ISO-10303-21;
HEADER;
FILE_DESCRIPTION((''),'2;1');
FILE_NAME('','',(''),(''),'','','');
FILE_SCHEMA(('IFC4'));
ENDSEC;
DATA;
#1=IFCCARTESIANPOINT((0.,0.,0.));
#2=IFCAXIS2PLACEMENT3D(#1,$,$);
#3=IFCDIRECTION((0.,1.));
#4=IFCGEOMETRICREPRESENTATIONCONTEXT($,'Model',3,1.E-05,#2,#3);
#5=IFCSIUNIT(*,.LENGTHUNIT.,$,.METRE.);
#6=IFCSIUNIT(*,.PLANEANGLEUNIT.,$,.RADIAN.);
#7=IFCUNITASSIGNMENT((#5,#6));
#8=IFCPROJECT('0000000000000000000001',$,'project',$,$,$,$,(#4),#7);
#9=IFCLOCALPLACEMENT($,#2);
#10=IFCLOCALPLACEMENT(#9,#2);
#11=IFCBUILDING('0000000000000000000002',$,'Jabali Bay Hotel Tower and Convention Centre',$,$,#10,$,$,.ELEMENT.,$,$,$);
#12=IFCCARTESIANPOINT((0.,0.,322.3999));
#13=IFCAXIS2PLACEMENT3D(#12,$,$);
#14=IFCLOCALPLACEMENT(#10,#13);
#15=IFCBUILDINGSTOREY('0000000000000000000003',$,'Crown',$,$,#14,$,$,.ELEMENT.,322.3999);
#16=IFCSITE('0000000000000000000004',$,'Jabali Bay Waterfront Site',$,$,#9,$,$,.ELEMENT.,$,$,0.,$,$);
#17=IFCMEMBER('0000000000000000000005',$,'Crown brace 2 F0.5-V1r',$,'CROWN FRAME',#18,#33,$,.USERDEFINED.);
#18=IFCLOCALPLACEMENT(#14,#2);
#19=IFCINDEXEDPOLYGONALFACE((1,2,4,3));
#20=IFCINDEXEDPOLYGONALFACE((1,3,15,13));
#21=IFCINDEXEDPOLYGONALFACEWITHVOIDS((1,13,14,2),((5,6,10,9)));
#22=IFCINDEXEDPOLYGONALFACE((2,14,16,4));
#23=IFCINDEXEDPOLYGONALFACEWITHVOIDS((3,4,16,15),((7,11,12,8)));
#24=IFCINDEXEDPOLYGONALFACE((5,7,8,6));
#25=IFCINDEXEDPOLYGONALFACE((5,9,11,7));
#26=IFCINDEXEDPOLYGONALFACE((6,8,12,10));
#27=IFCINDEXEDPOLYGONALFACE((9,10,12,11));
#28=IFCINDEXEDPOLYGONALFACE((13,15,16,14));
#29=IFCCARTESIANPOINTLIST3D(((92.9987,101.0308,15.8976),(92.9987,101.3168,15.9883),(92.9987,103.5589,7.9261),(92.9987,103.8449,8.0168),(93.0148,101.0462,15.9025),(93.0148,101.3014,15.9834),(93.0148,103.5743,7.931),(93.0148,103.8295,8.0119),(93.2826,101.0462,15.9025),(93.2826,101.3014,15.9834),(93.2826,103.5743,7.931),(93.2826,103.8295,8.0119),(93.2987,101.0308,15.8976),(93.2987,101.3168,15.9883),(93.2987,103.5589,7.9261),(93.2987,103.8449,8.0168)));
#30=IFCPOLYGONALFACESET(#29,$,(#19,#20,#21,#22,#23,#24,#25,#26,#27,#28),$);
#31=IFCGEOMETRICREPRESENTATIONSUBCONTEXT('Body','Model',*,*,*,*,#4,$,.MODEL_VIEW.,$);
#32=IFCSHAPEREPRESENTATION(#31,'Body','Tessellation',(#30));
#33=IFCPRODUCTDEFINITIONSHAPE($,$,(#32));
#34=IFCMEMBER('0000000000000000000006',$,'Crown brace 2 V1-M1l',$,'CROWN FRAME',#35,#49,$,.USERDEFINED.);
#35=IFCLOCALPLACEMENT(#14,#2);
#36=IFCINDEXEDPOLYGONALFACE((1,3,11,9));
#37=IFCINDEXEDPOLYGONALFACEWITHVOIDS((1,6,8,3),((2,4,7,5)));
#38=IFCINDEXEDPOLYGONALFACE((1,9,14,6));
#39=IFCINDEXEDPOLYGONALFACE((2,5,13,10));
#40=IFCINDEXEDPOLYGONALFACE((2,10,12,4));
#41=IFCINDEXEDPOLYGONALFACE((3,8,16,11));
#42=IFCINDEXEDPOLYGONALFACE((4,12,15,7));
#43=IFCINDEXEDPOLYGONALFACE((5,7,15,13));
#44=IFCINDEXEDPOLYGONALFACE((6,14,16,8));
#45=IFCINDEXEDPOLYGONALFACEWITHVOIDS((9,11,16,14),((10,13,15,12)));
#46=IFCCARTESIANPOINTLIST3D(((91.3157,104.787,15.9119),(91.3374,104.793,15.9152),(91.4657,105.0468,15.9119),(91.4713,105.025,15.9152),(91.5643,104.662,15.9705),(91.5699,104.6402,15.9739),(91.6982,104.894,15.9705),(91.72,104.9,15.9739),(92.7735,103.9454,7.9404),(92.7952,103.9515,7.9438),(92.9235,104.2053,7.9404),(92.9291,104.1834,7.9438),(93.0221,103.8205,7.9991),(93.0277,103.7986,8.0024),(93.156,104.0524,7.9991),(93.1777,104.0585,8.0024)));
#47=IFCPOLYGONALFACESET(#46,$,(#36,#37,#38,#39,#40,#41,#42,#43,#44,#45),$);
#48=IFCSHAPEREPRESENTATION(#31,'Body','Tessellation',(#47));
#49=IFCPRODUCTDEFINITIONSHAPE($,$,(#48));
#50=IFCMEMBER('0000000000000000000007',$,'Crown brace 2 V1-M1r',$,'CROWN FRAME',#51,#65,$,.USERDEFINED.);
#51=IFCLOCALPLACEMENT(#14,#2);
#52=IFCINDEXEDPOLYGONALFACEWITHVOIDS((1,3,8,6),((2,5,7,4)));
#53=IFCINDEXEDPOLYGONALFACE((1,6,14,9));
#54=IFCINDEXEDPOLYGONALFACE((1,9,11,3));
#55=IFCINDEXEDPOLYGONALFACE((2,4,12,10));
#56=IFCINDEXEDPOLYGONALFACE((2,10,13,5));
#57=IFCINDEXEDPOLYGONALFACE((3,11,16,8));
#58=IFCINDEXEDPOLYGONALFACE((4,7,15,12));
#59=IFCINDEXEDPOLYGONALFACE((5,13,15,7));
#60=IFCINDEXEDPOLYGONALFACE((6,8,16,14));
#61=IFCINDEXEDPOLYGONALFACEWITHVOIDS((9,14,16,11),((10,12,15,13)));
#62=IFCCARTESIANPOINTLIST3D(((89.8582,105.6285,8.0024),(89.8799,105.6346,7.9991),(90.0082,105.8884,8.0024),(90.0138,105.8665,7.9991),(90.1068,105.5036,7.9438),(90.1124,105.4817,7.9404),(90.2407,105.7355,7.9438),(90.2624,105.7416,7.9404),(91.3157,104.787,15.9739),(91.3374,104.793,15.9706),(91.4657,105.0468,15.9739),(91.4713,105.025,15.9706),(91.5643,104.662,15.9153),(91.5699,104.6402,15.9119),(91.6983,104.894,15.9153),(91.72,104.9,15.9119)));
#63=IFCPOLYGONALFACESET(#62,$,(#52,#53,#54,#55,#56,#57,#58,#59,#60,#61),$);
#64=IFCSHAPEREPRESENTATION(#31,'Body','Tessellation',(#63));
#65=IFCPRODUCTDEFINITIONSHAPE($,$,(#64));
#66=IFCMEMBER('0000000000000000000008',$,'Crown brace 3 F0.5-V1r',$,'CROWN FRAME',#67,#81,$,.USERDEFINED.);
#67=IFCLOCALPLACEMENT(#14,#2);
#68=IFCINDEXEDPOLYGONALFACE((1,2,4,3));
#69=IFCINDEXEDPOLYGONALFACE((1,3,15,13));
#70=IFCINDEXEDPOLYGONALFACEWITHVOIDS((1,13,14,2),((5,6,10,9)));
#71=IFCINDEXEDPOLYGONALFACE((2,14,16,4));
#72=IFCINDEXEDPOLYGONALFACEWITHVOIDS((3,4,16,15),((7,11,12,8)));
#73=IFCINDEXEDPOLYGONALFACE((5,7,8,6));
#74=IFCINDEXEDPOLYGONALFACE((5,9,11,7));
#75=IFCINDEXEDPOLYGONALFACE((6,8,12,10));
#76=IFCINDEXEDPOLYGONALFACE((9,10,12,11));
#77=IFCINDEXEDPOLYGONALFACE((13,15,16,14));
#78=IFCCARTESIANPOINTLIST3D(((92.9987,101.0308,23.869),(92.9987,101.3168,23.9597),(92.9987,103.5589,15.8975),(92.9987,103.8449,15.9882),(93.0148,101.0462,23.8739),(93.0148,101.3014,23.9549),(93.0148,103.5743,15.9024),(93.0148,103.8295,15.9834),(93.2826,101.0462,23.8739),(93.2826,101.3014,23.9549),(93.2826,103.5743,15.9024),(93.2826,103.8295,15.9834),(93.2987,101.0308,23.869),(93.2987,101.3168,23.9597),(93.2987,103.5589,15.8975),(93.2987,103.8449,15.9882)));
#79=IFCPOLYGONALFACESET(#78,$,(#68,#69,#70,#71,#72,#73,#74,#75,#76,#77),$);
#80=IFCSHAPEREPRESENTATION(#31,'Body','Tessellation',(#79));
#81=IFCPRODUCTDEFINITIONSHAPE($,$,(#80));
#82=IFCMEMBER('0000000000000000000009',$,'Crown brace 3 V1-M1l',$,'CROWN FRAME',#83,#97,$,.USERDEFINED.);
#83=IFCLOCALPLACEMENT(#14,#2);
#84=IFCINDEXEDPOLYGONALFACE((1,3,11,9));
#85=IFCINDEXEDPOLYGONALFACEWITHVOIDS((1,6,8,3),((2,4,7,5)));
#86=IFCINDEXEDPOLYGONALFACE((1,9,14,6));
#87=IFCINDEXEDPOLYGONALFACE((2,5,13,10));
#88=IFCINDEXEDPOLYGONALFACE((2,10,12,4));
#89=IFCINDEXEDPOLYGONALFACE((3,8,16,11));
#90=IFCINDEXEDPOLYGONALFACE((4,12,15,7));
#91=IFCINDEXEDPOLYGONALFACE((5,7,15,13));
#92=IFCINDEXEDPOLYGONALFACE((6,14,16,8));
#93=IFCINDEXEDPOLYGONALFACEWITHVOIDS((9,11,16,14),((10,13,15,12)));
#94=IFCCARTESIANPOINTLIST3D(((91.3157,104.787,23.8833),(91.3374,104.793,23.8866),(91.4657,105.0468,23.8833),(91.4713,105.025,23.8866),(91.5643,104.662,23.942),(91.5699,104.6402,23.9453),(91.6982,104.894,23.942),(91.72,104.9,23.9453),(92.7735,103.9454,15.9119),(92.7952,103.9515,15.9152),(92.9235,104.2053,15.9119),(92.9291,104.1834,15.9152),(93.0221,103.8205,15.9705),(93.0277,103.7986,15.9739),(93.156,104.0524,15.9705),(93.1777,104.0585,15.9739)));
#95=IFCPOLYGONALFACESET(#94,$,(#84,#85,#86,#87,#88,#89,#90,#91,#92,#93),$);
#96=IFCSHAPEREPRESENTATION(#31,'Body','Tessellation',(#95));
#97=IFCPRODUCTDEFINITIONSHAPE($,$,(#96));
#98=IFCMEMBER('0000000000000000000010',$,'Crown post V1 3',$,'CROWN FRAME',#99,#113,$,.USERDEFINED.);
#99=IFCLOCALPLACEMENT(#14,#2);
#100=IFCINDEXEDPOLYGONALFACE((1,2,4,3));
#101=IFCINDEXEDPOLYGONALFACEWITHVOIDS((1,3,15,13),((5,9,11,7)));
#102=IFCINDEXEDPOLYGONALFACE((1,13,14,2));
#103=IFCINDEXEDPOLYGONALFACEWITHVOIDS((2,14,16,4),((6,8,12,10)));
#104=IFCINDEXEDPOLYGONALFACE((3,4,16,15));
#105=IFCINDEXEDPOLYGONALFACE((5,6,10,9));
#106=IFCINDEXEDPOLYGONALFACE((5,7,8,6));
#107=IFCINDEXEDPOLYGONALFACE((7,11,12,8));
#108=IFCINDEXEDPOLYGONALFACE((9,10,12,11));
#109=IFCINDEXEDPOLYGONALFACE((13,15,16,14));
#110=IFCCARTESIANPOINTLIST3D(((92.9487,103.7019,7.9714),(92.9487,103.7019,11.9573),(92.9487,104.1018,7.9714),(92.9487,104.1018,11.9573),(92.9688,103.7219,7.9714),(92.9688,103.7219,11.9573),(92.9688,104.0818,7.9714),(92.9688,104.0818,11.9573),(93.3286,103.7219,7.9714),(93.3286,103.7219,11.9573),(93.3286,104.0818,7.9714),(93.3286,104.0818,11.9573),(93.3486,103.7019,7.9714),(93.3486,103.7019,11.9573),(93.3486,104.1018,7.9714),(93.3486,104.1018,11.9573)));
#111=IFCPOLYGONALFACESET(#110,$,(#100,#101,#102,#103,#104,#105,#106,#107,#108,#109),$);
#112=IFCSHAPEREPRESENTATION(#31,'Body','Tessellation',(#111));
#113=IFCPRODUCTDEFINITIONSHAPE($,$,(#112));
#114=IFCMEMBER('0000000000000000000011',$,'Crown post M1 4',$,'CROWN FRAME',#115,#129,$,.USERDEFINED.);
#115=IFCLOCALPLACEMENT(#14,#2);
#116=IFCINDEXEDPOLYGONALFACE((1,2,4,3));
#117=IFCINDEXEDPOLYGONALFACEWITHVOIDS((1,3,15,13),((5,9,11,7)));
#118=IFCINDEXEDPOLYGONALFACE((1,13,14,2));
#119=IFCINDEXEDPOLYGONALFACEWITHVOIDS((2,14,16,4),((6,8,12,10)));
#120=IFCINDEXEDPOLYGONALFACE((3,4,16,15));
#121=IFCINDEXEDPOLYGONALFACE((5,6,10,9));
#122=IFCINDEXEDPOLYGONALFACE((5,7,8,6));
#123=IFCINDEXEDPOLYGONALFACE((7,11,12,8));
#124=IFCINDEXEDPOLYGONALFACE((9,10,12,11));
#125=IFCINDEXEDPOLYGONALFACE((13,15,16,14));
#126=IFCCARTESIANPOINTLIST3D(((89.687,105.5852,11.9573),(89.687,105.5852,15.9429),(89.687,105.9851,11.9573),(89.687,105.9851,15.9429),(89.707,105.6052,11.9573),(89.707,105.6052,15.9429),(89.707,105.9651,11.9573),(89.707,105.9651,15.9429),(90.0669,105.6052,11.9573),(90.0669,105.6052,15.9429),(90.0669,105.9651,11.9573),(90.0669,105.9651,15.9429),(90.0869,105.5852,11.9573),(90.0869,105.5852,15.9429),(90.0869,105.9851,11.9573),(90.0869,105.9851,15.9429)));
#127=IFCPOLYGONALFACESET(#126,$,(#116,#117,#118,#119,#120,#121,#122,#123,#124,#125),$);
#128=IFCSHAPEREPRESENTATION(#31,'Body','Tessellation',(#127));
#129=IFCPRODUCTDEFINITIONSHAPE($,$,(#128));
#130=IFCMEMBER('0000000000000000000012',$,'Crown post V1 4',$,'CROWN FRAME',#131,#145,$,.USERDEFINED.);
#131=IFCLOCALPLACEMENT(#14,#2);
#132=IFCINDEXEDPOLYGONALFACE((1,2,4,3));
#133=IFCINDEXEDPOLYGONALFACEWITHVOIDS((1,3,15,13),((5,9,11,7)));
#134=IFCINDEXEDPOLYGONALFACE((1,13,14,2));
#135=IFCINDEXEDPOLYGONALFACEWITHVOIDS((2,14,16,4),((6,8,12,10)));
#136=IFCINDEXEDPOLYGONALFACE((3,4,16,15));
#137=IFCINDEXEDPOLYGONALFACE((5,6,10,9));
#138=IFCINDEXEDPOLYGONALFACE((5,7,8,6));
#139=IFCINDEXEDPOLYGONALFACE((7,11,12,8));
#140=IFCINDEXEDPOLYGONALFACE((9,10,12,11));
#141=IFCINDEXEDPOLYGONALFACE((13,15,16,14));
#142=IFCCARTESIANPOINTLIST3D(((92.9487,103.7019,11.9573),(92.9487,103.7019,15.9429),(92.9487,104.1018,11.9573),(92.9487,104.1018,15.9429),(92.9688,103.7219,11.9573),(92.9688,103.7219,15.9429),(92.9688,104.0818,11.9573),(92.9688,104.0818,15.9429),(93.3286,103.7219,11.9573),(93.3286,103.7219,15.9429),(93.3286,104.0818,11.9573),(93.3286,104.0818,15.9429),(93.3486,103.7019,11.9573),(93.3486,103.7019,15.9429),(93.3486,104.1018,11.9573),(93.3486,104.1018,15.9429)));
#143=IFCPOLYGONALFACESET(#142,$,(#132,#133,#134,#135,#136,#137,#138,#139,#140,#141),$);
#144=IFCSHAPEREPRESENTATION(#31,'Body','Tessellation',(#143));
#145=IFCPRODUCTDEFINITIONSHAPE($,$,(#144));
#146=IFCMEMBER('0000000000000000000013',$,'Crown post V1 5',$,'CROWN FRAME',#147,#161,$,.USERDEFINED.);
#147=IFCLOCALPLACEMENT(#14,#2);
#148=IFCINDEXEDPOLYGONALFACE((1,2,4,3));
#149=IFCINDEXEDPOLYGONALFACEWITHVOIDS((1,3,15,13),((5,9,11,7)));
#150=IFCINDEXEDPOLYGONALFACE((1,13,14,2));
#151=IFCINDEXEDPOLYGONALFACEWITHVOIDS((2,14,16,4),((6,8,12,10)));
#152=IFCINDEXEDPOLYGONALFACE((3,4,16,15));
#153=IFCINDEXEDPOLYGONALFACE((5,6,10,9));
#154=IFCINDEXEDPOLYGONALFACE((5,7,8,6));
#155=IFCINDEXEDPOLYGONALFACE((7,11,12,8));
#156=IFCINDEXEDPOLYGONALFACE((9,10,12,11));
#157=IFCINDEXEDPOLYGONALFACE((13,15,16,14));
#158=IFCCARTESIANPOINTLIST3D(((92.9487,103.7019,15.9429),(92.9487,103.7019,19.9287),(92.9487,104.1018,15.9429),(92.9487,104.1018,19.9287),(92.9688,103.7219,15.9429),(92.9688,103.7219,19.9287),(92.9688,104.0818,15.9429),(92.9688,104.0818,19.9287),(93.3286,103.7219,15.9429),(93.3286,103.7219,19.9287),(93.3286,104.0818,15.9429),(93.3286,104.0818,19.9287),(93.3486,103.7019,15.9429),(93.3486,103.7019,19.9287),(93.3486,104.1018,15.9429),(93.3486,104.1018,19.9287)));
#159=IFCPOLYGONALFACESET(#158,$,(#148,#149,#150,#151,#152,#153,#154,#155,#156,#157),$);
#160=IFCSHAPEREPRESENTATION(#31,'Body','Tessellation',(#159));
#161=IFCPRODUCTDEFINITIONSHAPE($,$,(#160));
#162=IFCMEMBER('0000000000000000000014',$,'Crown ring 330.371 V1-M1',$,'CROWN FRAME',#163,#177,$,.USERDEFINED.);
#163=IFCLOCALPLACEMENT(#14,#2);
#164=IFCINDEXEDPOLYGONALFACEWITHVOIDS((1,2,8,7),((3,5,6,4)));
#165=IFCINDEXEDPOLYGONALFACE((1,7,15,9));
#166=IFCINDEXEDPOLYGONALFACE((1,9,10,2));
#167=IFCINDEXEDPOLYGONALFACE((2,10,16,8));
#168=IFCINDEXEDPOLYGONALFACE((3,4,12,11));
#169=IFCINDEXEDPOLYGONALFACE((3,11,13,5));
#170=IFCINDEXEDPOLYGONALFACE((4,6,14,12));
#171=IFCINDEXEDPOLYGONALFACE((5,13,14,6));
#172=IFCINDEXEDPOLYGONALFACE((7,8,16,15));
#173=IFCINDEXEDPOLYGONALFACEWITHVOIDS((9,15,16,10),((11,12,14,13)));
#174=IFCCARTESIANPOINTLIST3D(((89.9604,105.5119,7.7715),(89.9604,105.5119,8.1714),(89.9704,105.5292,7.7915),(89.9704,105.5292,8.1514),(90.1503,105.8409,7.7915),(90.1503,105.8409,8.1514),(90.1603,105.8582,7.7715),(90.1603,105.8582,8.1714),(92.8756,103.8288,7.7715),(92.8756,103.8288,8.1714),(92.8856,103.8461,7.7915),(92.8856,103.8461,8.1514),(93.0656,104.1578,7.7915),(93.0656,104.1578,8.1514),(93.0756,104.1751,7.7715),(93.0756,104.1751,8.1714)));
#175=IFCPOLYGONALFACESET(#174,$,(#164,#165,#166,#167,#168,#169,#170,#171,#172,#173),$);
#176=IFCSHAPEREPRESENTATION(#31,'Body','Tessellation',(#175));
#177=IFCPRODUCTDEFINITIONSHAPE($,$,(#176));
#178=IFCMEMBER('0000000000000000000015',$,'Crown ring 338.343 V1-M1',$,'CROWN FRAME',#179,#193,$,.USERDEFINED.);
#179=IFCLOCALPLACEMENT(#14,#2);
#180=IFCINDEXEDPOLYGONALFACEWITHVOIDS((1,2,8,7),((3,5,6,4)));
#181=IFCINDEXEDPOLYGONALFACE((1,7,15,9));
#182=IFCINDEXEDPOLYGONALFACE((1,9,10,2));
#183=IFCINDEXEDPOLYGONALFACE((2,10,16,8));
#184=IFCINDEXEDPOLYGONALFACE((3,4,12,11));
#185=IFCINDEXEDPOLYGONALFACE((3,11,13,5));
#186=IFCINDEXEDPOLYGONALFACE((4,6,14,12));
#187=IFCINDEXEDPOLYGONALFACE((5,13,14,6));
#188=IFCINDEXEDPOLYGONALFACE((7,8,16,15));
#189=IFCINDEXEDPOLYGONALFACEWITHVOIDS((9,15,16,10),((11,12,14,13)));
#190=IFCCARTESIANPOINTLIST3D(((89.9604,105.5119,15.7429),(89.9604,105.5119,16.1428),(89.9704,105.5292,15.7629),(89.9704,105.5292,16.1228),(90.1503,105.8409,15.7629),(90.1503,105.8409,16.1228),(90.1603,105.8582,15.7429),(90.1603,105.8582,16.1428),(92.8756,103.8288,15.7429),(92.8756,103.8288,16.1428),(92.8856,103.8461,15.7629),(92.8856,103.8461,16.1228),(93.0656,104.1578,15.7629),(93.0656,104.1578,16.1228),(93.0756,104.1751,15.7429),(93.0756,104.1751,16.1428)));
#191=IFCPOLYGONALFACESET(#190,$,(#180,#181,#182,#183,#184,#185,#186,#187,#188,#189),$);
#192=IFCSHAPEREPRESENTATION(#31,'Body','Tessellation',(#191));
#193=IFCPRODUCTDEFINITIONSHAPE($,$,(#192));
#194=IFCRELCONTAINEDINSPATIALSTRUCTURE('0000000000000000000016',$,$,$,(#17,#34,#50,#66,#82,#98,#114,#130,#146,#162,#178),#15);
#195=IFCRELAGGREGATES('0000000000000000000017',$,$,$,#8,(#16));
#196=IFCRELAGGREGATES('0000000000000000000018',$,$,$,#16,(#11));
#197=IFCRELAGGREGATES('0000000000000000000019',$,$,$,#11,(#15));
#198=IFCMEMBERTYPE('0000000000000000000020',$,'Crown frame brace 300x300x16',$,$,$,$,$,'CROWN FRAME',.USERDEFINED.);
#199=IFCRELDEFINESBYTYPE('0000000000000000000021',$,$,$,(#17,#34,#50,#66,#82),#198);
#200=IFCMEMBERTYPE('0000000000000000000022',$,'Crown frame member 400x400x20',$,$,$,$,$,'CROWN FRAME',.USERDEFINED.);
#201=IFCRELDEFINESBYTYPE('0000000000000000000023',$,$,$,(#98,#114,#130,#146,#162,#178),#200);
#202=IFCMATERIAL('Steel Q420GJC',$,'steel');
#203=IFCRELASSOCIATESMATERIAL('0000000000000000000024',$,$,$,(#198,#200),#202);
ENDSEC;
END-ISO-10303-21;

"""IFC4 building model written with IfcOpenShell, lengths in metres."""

from ifc_helpers import new_model, si_unit, direction, frame, origin, origin_2d, place, context, subcontext, project, spatial, hollow_rectangle, extrude, material, material_profile, profile_set, type_object, element, save


model = new_model("IFC4")

# Units and contexts
model_context = context("Model", 3, precision=1e-05, world=origin(), true_north=direction((0.0, 1.0)))
body_context = subcontext(model_context, "Body", "Model", "MODEL_VIEW")
ifc_project = project(units=[si_unit("LENGTHUNIT", "METRE"), si_unit("PLANEANGLEUNIT", "RADIAN")], contexts=[model_context])

# Site, building, storey
site_placement = place(None, origin())
site = spatial("IfcSite", under=ifc_project, at=site_placement, Name="Jabali Bay Waterfront Site", CompositionType="ELEMENT", RefElevation=0.0)
building_placement = place(site_placement, origin())
building = spatial("IfcBuilding", under=site, at=building_placement, Name="Jabali Bay Hotel Tower and Convention Centre", CompositionType="ELEMENT")
storey_placement = place(building_placement, frame((0.0, 0.0, 322.3999)))
storey = spatial("IfcBuildingStorey", under=building, at=storey_placement, Name="Crown", CompositionType="ELEMENT", Elevation=322.3999)

# Members
ifc_material_1 = material(Name="Steel Q420GJC", Category="steel")
ifc_material_profile_1 = material_profile(ifc_material_1, hollow_rectangle(XDim=0.3, YDim=0.3, WallThickness=0.0161, at=origin_2d()), Name="Crown frame brace 300x300x16")
ifc_profile_set_1 = profile_set([ifc_material_profile_1], Name="Steel Q420GJC")
member_type_1 = type_object("IfcMemberType", Name="Crown frame brace 300x300x16", ElementType="CROWN FRAME", PredefinedType="USERDEFINED", material=ifc_profile_set_1)
member_1_placement = place(storey_placement, frame((93.1487, 103.7019, 7.9714), z_axis=(0.0, -0.302303, 0.953212), x_axis=(1.0, 0.0, 0.0)))
element("IfcMember", 1, at=member_1_placement, inside=storey, type_object=member_type_1, Name="Crown brace 2 F0.5-V1r", ObjectType="CROWN FRAME", PredefinedType="USERDEFINED", context=body_context, shape_type="SweptSolid", body=[
    extrude(hollow_rectangle(XDim=0.3, YDim=0.3, WallThickness=0.0161, at=origin_2d()), origin(), (0.0, 0.0, 1.0), 8.3628),
])
for number, where, z_axis, x_axis, name in (
    (2, (92.9756, 104.002, 7.9714), (-0.178928, 0.103293, 0.978425), (-0.499961, -0.866048, 0.0), "Crown brace 2 V1-M1l"),
    (3, (90.0603, 105.6851, 7.9714), (0.178899, -0.103294, 0.97843), (0.500024, 0.866012, 0.0), "Crown brace 2 V1-M1r"),
):
    element("IfcMember", number, at=place(storey_placement, frame(where, z_axis=z_axis, x_axis=x_axis)), inside=storey, type_object=member_type_1, Name=name, ObjectType="CROWN FRAME", PredefinedType="USERDEFINED", context=body_context, shape_type="SweptSolid", body=[
        extrude(hollow_rectangle(XDim=0.3, YDim=0.3, WallThickness=0.0161, at=origin_2d()), origin(), (0.0, 0.0, 1.0), 8.1472),
    ])
member_2_placement = place(storey_placement, frame((93.1487, 103.7019, 15.9429), z_axis=(0.0, -0.302303, 0.953212), x_axis=(1.0, 0.0, 0.0)))
element("IfcMember", 4, at=member_2_placement, inside=storey, type_object=member_type_1, Name="Crown brace 3 F0.5-V1r", ObjectType="CROWN FRAME", PredefinedType="USERDEFINED", context=body_context, shape_type="SweptSolid", body=[
    extrude(hollow_rectangle(XDim=0.3, YDim=0.3, WallThickness=0.0161, at=origin_2d()), origin(), (0.0, 0.0, 1.0), 8.3628),
])
member_3_placement = place(storey_placement, frame((92.9756, 104.002, 15.9429), z_axis=(-0.178928, 0.103293, 0.978425), x_axis=(-0.499961, -0.866048, 0.0)))
element("IfcMember", 5, at=member_3_placement, inside=storey, type_object=member_type_1, Name="Crown brace 3 V1-M1l", ObjectType="CROWN FRAME", PredefinedType="USERDEFINED", context=body_context, shape_type="SweptSolid", body=[
    extrude(hollow_rectangle(XDim=0.3, YDim=0.3, WallThickness=0.0161, at=origin_2d()), origin(), (0.0, 0.0, 1.0), 8.1472),
])
ifc_material_profile_2 = material_profile(ifc_material_1, hollow_rectangle(XDim=0.3999, YDim=0.3999, WallThickness=0.02, at=origin_2d()), Name="Crown frame member 400x400x20")
ifc_profile_set_2 = profile_set([ifc_material_profile_2], Name="Steel Q420GJC")
member_type_2 = type_object("IfcMemberType", Name="Crown frame member 400x400x20", ElementType="CROWN FRAME", PredefinedType="USERDEFINED", material=ifc_profile_set_2)
member_4_placement = place(storey_placement, frame((93.1487, 103.9019, 7.9714), z_axis=(0.0, 0.0, 1.0), x_axis=(1.0, 0.0, 0.0)))
element("IfcMember", 6, at=member_4_placement, inside=storey, type_object=member_type_2, Name="Crown post V1 3", ObjectType="CROWN FRAME", PredefinedType="USERDEFINED", context=body_context, shape_type="SweptSolid", body=[
    extrude(hollow_rectangle(XDim=0.3999, YDim=0.3999, WallThickness=0.02, at=origin_2d()), origin(), (0.0, 0.0, 1.0), 3.9858),
])
for number, where, z_axis, x_axis, name in (
    (7, (89.887, 105.7852, 11.9573), (0.0, 0.0, 1.0), (1.0, 0.0, 0.0), "Crown post M1 4"),
    (8, (93.1487, 103.9019, 11.9573), (0.0, 0.0, 1.0), (1.0, 0.0, 0.0), "Crown post V1 4"),
):
    element("IfcMember", number, at=place(storey_placement, frame(where, z_axis=z_axis, x_axis=x_axis)), inside=storey, type_object=member_type_2, Name=name, ObjectType="CROWN FRAME", PredefinedType="USERDEFINED", context=body_context, shape_type="SweptSolid", body=[
        extrude(hollow_rectangle(XDim=0.3999, YDim=0.3999, WallThickness=0.02, at=origin_2d()), origin(), (0.0, 0.0, 1.0), 3.9856),
    ])
member_5_placement = place(storey_placement, frame((93.1487, 103.9019, 15.9429), z_axis=(0.0, 0.0, 1.0), x_axis=(1.0, 0.0, 0.0)))
element("IfcMember", 9, at=member_5_placement, inside=storey, type_object=member_type_2, Name="Crown post V1 5", ObjectType="CROWN FRAME", PredefinedType="USERDEFINED", context=body_context, shape_type="SweptSolid", body=[
    extrude(hollow_rectangle(XDim=0.3999, YDim=0.3999, WallThickness=0.02, at=origin_2d()), origin(), (0.0, 0.0, 1.0), 3.9858),
])
for number, where, z_axis, x_axis, name in (
    (10, (92.9756, 104.002, 7.9714), (-0.86603, 0.499992, 0.0), (-0.499992, -0.86603, 0.0), "Crown ring 330.371 V1-M1"),
    (11, (92.9756, 104.002, 15.9429), (-0.86603, 0.499992, 0.0), (-0.499992, -0.86603, 0.0), "Crown ring 338.343 V1-M1"),
):
    element("IfcMember", number, at=place(storey_placement, frame(where, z_axis=z_axis, x_axis=x_axis)), inside=storey, type_object=member_type_2, Name=name, ObjectType="CROWN FRAME", PredefinedType="USERDEFINED", context=body_context, shape_type="SweptSolid", body=[
        extrude(hollow_rectangle(XDim=0.3999, YDim=0.3999, WallThickness=0.02, at=origin_2d()), origin(), (0.0, 0.0, 1.0), 3.3662),
    ])

save(model, "model.ifc")
